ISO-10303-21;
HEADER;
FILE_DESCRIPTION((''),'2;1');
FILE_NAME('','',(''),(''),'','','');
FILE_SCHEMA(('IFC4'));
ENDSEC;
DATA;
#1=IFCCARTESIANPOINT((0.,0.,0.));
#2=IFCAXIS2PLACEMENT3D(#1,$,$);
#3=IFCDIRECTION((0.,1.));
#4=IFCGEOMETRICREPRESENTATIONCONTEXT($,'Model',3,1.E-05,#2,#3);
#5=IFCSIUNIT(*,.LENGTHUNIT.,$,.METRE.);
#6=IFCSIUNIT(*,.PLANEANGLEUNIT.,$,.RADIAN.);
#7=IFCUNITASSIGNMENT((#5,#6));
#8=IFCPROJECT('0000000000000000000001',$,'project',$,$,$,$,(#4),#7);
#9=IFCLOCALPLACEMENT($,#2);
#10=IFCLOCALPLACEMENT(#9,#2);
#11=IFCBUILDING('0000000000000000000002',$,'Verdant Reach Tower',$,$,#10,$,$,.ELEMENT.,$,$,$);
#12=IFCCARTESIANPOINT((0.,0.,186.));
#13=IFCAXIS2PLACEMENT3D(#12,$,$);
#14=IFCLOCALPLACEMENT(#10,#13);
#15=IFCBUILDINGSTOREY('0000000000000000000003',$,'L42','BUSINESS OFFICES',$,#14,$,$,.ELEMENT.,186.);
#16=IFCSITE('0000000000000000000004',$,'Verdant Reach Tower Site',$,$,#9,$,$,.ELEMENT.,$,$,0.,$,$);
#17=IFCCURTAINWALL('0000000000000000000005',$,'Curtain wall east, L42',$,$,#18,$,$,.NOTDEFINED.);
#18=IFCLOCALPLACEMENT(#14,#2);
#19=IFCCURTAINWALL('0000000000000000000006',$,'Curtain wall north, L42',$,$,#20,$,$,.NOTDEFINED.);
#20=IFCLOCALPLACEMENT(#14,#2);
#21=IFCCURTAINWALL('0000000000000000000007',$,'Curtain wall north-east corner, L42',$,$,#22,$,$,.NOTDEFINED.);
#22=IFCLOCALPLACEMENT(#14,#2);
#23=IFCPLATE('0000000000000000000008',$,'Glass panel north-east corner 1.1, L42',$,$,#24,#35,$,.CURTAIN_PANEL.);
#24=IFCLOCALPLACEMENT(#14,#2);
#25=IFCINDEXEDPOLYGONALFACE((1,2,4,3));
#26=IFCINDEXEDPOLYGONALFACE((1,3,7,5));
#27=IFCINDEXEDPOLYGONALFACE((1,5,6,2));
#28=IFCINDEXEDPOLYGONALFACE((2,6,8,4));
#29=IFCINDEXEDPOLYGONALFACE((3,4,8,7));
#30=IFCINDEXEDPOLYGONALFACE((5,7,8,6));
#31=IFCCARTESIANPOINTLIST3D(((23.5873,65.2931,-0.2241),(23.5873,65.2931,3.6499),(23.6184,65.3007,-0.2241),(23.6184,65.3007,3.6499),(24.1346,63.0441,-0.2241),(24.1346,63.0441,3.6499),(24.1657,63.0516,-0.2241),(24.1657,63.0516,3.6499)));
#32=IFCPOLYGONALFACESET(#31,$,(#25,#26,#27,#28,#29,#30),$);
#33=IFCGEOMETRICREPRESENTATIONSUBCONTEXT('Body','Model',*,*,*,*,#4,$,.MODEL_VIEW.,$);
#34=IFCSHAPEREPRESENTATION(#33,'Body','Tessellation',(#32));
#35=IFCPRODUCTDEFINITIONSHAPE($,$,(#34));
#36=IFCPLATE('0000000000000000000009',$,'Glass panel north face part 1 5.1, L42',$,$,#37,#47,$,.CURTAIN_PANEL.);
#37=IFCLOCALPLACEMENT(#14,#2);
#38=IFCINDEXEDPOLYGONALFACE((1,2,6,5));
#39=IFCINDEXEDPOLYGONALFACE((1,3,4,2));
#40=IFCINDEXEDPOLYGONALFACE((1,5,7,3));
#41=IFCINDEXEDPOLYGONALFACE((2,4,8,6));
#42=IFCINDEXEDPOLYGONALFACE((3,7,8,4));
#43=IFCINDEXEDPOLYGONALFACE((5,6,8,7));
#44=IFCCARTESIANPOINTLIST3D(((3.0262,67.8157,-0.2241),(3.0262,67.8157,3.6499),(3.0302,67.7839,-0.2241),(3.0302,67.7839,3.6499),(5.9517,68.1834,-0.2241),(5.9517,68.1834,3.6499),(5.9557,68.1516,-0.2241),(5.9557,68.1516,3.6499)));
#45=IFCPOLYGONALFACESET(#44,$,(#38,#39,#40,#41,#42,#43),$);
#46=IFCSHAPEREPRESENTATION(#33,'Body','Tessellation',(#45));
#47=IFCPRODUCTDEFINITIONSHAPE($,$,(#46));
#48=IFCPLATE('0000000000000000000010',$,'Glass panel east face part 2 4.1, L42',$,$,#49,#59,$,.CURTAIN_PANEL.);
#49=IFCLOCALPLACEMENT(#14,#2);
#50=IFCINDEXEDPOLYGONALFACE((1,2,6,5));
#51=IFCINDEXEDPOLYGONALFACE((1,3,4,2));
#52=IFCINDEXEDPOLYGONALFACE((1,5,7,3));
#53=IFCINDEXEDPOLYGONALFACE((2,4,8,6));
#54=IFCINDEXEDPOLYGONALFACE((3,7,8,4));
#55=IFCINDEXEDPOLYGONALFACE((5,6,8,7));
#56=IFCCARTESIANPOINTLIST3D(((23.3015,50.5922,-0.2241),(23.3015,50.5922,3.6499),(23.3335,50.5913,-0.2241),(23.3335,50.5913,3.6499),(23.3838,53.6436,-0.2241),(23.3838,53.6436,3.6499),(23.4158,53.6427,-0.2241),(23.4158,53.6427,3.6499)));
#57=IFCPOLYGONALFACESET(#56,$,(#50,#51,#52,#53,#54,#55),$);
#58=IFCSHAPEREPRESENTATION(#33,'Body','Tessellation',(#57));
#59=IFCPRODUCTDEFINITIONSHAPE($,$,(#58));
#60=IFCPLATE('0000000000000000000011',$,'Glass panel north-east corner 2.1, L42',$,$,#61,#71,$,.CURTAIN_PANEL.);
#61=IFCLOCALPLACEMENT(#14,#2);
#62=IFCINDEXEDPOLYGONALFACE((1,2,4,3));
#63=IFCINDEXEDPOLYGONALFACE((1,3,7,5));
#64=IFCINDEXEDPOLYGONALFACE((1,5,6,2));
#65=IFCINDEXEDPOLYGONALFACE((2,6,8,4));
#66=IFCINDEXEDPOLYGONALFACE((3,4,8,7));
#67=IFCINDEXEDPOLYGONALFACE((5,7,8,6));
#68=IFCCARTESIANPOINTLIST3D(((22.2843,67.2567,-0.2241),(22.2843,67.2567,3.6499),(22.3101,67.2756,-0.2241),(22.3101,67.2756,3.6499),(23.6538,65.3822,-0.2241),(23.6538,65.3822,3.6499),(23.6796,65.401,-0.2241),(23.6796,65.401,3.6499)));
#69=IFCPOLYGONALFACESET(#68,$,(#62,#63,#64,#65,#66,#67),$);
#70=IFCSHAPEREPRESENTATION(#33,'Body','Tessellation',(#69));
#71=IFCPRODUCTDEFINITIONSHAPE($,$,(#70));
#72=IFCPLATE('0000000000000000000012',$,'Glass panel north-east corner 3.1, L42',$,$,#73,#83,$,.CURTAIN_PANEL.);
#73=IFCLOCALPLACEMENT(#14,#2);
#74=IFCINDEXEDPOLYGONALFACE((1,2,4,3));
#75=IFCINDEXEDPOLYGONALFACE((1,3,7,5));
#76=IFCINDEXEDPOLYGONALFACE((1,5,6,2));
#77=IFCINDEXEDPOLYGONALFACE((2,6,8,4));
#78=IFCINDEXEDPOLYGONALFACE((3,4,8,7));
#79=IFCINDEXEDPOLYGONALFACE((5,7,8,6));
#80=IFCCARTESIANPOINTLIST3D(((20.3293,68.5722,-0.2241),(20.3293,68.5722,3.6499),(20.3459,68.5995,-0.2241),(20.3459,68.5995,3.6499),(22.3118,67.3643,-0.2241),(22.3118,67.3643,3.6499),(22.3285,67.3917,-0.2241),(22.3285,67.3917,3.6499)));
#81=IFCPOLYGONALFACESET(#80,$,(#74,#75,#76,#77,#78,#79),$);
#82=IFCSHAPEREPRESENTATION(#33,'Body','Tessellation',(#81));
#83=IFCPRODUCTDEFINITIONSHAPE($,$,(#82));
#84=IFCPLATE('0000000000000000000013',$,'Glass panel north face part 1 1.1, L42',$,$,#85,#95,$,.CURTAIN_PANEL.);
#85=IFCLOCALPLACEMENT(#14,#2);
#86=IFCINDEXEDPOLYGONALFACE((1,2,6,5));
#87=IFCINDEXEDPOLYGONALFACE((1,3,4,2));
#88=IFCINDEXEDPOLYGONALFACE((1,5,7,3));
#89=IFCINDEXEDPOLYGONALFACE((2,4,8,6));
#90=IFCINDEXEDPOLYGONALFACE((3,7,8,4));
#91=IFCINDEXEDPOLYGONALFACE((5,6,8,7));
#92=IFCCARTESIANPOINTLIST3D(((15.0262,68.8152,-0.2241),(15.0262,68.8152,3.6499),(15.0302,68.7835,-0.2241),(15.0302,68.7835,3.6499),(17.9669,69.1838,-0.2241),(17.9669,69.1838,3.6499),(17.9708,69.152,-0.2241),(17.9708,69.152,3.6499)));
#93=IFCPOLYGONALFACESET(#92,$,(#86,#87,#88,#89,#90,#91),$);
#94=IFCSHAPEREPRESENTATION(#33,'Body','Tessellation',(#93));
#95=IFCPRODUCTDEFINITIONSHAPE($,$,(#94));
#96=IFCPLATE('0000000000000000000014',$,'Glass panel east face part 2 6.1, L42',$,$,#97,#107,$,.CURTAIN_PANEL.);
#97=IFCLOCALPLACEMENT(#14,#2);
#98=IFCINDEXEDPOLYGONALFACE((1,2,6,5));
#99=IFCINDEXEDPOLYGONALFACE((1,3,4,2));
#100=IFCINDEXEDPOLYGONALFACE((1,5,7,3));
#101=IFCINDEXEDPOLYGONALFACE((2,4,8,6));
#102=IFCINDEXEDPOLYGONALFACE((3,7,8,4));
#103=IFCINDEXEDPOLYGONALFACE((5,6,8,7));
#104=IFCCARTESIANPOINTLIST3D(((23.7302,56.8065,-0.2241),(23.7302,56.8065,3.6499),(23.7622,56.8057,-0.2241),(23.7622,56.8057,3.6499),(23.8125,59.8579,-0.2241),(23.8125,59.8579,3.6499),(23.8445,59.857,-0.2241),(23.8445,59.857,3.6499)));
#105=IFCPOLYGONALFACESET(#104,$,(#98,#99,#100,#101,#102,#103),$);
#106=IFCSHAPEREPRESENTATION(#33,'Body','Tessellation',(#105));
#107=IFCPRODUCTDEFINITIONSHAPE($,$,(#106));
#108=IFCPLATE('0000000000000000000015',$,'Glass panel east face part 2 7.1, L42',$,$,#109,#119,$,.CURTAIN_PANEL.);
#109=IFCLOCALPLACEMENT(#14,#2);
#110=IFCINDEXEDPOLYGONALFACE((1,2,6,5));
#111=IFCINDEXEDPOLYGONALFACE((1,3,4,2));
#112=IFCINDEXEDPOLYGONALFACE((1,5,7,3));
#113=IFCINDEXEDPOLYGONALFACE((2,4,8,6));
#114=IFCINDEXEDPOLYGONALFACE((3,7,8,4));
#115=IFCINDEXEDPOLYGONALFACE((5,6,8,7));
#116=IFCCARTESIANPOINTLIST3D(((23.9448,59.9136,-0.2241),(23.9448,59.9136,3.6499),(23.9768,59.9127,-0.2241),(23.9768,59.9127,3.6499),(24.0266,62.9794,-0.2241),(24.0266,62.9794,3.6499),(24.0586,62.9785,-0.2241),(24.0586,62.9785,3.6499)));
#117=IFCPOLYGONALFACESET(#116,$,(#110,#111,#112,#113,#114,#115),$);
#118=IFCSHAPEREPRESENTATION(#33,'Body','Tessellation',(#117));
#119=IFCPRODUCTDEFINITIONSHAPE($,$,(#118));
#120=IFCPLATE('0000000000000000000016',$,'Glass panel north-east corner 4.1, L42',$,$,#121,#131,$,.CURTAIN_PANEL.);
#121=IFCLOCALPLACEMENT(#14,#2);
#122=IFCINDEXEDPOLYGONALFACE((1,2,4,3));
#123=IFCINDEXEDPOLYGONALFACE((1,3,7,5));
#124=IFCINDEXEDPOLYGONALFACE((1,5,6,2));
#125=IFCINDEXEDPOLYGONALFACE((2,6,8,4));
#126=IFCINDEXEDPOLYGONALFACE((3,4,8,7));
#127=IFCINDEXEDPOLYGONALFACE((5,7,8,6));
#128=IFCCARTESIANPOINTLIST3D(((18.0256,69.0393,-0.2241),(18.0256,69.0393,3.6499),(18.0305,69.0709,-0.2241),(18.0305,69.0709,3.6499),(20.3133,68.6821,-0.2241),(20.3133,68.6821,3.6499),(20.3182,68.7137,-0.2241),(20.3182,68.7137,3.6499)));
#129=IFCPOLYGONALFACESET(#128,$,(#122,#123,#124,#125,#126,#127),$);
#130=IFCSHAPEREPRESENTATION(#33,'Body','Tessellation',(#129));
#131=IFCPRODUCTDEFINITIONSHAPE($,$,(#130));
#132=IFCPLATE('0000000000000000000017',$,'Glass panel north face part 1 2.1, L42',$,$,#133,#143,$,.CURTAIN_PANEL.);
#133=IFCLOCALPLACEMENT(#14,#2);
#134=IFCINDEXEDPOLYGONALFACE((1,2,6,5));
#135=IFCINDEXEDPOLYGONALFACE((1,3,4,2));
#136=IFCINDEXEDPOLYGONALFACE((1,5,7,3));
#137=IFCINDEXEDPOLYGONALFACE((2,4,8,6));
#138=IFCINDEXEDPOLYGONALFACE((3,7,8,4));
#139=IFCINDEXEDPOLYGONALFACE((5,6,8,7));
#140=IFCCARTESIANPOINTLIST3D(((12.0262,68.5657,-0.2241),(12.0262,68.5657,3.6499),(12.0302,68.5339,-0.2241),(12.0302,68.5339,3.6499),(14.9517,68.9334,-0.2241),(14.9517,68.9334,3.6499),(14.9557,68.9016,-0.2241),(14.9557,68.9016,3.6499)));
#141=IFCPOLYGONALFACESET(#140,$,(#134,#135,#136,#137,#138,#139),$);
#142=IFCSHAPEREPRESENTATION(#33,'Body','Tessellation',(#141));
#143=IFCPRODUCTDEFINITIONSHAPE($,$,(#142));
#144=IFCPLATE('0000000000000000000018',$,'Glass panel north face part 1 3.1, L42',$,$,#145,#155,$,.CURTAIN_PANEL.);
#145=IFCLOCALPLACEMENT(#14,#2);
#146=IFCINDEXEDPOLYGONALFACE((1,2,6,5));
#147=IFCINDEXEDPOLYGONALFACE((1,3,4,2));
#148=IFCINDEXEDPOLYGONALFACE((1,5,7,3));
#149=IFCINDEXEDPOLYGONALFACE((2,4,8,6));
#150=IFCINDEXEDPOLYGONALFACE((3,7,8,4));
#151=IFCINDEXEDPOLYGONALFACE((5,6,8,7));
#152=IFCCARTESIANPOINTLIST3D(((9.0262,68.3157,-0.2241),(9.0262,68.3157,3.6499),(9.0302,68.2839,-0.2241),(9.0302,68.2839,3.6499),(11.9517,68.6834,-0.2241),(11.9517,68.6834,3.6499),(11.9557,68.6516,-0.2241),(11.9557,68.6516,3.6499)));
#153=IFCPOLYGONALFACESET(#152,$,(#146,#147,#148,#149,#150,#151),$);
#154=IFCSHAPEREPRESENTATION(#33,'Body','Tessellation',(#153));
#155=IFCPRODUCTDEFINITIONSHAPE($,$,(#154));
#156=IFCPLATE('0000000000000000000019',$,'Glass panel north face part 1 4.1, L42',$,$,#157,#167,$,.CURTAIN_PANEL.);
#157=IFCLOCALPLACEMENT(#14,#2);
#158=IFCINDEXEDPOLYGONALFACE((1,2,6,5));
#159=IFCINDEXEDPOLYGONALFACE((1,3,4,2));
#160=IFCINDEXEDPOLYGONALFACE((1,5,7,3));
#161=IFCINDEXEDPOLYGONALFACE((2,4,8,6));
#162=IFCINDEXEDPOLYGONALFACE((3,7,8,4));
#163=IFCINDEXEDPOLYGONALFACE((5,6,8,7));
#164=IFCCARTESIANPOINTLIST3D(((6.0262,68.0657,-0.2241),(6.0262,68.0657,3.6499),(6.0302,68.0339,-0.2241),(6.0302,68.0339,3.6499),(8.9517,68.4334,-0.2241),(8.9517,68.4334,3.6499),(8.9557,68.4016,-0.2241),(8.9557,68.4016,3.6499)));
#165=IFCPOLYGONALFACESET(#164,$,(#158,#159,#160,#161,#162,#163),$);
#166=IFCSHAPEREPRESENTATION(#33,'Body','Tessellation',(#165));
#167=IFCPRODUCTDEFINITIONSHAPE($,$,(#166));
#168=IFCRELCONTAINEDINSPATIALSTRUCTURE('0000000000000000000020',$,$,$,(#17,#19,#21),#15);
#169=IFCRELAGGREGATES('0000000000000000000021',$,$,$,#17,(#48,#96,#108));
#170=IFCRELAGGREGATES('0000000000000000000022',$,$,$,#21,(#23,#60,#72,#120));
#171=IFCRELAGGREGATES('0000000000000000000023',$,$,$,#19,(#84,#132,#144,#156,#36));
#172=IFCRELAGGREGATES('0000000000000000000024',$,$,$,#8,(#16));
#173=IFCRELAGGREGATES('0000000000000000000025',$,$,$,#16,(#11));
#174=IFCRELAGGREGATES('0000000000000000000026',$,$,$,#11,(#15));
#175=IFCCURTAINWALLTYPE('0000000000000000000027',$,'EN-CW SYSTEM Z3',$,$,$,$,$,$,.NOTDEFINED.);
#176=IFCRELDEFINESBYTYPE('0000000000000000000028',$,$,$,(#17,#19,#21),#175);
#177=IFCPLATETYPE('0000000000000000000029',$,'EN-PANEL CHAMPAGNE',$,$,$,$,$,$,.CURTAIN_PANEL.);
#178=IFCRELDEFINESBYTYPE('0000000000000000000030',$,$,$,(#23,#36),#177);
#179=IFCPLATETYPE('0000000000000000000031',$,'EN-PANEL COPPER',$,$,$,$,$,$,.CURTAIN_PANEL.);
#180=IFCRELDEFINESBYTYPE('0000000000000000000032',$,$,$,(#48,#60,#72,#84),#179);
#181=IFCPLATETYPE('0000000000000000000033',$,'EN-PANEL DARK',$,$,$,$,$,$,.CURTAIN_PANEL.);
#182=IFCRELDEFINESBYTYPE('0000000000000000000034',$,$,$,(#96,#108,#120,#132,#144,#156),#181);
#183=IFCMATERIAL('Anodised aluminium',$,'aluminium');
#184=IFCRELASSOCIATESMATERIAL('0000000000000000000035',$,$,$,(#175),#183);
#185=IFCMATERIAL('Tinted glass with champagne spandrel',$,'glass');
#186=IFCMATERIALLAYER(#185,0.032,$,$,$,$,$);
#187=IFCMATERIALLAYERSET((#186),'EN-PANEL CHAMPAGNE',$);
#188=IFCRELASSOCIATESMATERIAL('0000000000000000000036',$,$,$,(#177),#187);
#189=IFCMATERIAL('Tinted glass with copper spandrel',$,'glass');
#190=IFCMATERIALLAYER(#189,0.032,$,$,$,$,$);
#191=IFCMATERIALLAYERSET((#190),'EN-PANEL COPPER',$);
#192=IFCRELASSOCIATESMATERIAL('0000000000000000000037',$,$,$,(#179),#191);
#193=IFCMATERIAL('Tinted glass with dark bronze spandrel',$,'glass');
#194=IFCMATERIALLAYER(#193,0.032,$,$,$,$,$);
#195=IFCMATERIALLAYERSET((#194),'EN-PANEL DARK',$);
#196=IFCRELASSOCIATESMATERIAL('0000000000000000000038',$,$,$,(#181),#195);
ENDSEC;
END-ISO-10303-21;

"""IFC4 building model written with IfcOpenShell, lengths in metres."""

from ifc_helpers import new_model, si_unit, direction, frame, origin, origin_2d, place, context, subcontext, project, spatial, rectangle, extrude, material, layer, layer_set, type_object, element, aggregate, save


model = new_model("IFC4")

# Units and contexts
model_context = context("Model", 3, precision=1e-05, world=origin(), true_north=direction((0.0, 1.0)))
body_context = subcontext(model_context, "Body", "Model", "MODEL_VIEW")
ifc_project = project(units=[si_unit("LENGTHUNIT", "METRE"), si_unit("PLANEANGLEUNIT", "RADIAN")], contexts=[model_context])

# Site, building, storey
site_placement = place(None, origin())
site = spatial("IfcSite", under=ifc_project, at=site_placement, Name="Verdant Reach Tower Site", CompositionType="ELEMENT", RefElevation=0.0)
building_placement = place(site_placement, origin())
building = spatial("IfcBuilding", under=site, at=building_placement, Name="Verdant Reach Tower", CompositionType="ELEMENT")
storey_placement = place(building_placement, frame((0.0, 0.0, 186.0)))
storey = spatial("IfcBuildingStorey", under=building, at=storey_placement, Name="L42", Description="BUSINESS OFFICES", CompositionType="ELEMENT", Elevation=186.0)

# Curtain walls
ifc_material_1 = material(Name="Anodised aluminium", Category="aluminium")
curtain_wall_type = type_object("IfcCurtainWallType", Name="EN-CW SYSTEM Z3", PredefinedType="NOTDEFINED", material=ifc_material_1)
curtain_wall_1_placement = place(storey_placement, origin())
curtain_wall_1 = element("IfcCurtainWall", 1, at=curtain_wall_1_placement, inside=storey, type_object=curtain_wall_type, Name="Curtain wall east, L42", PredefinedType="NOTDEFINED")
curtain_wall_2_placement = place(storey_placement, origin())
curtain_wall_2 = element("IfcCurtainWall", 2, at=curtain_wall_2_placement, inside=storey, type_object=curtain_wall_type, Name="Curtain wall north, L42", PredefinedType="NOTDEFINED")

# Curtain wall, plate
curtain_wall_3_placement = place(storey_placement, origin())
curtain_wall_3 = element("IfcCurtainWall", 3, at=curtain_wall_3_placement, inside=storey, type_object=curtain_wall_type, Name="Curtain wall north-east corner, L42", PredefinedType="NOTDEFINED")
ifc_material_2 = material(Name="Tinted glass with champagne spandrel", Category="glass")
ifc_layer_1 = layer(ifc_material_2, 0.032)
ifc_layer_set_1 = layer_set([ifc_layer_1], Name="EN-PANEL CHAMPAGNE")
plate_type_1 = type_object("IfcPlateType", Name="EN-PANEL CHAMPAGNE", PredefinedType="CURTAIN_PANEL", material=ifc_layer_set_1)
plate_1_placement = place(storey_placement, frame((23.8765, 64.1724, -0.2241), z_axis=(0.0, 0.0, 1.0), x_axis=(-0.236446, 0.971645, 0.0)))
plate_1 = element("IfcPlate", 4, at=plate_1_placement, type_object=plate_type_1, Name="Glass panel north-east corner 1.1, L42", PredefinedType="CURTAIN_PANEL", context=body_context, shape_type="SweptSolid", body=[
    extrude(rectangle(XDim=2.3147, YDim=0.032, at=origin_2d()), origin(), (0.0, 0.0, 1.0), 3.874),
])

# Plates
plate_2_placement = place(storey_placement, frame((4.491, 67.9836, -0.2241), z_axis=(0.0, 0.0, 1.0), x_axis=(-0.992194, -0.124704, 0.0)))
plate_2 = element("IfcPlate", 5, at=plate_2_placement, type_object=plate_type_1, Name="Glass panel north face part 1 5.1, L42", PredefinedType="CURTAIN_PANEL", context=body_context, shape_type="SweptSolid", body=[
    extrude(rectangle(XDim=2.9485, YDim=0.032, at=origin_2d()), origin(), (0.0, 0.0, 1.0), 3.874),
])
ifc_material_3 = material(Name="Tinted glass with copper spandrel", Category="glass")
ifc_layer_2 = layer(ifc_material_3, 0.032)
ifc_layer_set_2 = layer_set([ifc_layer_2], Name="EN-PANEL COPPER")
plate_type_2 = type_object("IfcPlateType", Name="EN-PANEL COPPER", PredefinedType="CURTAIN_PANEL", material=ifc_layer_set_2)
plate_3_placement = place(storey_placement, frame((23.3586, 52.1174, -0.2241), z_axis=(0.0, 0.0, 1.0), x_axis=(0.026965, 0.999636, 0.0)))
plate_3 = element("IfcPlate", 6, at=plate_3_placement, type_object=plate_type_2, Name="Glass panel east face part 2 4.1, L42", PredefinedType="CURTAIN_PANEL", context=body_context, shape_type="SweptSolid", body=[
    extrude(rectangle(XDim=3.0525, YDim=0.032, at=origin_2d()), origin(), (0.0, 0.0, 1.0), 3.874),
])
plate_4_placement = place(storey_placement, frame((22.9819, 66.3289, -0.2241), z_axis=(0.0, 0.0, 1.0), x_axis=(-0.589927, 0.807457, 0.0)))
plate_4 = element("IfcPlate", 7, at=plate_4_placement, type_object=plate_type_2, Name="Glass panel north-east corner 2.1, L42", PredefinedType="CURTAIN_PANEL", context=body_context, shape_type="SweptSolid", body=[
    extrude(rectangle(XDim=2.3215, YDim=0.032, at=origin_2d()), origin(), (0.0, 0.0, 1.0), 3.874),
])
plate_5_placement = place(storey_placement, frame((21.3289, 67.9819, -0.2241), z_axis=(0.0, 0.0, 1.0), x_axis=(-0.853989, 0.520292, 0.0)))
plate_5 = element("IfcPlate", 8, at=plate_5_placement, type_object=plate_type_2, Name="Glass panel north-east corner 3.1, L42", PredefinedType="CURTAIN_PANEL", context=body_context, shape_type="SweptSolid", body=[
    extrude(rectangle(XDim=2.3215, YDim=0.032, at=origin_2d()), origin(), (0.0, 0.0, 1.0), 3.874),
])
plate_6_placement = place(storey_placement, frame((16.4985, 68.9836, -0.2241), z_axis=(0.0, 0.0, 1.0), x_axis=(-0.992238, -0.124355, 0.0)))
plate_6 = element("IfcPlate", 9, at=plate_6_placement, type_object=plate_type_2, Name="Glass panel north face part 1 1.1, L42", PredefinedType="CURTAIN_PANEL", context=body_context, shape_type="SweptSolid", body=[
    extrude(rectangle(XDim=2.9636, YDim=0.032, at=origin_2d()), origin(), (0.0, 0.0, 1.0), 3.874),
])
ifc_material_4 = material(Name="Tinted glass with dark bronze spandrel", Category="glass")
ifc_layer_3 = layer(ifc_material_4, 0.032)
ifc_layer_set_3 = layer_set([ifc_layer_3], Name="EN-PANEL DARK")
plate_type_3 = type_object("IfcPlateType", Name="EN-PANEL DARK", PredefinedType="CURTAIN_PANEL", material=ifc_layer_set_3)
plate_7_placement = place(storey_placement, frame((23.7874, 58.3318, -0.2241), z_axis=(0.0, 0.0, 1.0), x_axis=(0.026965, 0.999636, 0.0)))
plate_7 = element("IfcPlate", 10, at=plate_7_placement, type_object=plate_type_3, Name="Glass panel east face part 2 6.1, L42", PredefinedType="CURTAIN_PANEL", context=body_context, shape_type="SweptSolid", body=[
    extrude(rectangle(XDim=3.0525, YDim=0.032, at=origin_2d()), origin(), (0.0, 0.0, 1.0), 3.874),
])
plate_8_placement = place(storey_placement, frame((24.0017, 61.446, -0.2241), z_axis=(0.0, 0.0, 1.0), x_axis=(0.02666, 0.999645, 0.0)))
plate_8 = element("IfcPlate", 11, at=plate_8_placement, type_object=plate_type_3, Name="Glass panel east face part 2 7.1, L42", PredefinedType="CURTAIN_PANEL", context=body_context, shape_type="SweptSolid", body=[
    extrude(rectangle(XDim=3.0669, YDim=0.032, at=origin_2d()), origin(), (0.0, 0.0, 1.0), 3.874),
])
aggregate(curtain_wall_1, [plate_3, plate_7, plate_8])
plate_9_placement = place(storey_placement, frame((19.1719, 68.8765, -0.2241), z_axis=(0.0, 0.0, 1.0), x_axis=(-0.988029, 0.154268, 0.0)))
plate_9 = element("IfcPlate", 12, at=plate_9_placement, type_object=plate_type_3, Name="Glass panel north-east corner 4.1, L42", PredefinedType="CURTAIN_PANEL", context=body_context, shape_type="SweptSolid", body=[
    extrude(rectangle(XDim=2.3154, YDim=0.032, at=origin_2d()), origin(), (0.0, 0.0, 1.0), 3.874),
])
aggregate(curtain_wall_3, [plate_1, plate_4, plate_5, plate_9])
plate_10_placement = place(storey_placement, frame((13.491, 68.7336, -0.2241), z_axis=(0.0, 0.0, 1.0), x_axis=(-0.992194, -0.124704, 0.0)))
plate_10 = element("IfcPlate", 13, at=plate_10_placement, type_object=plate_type_3, Name="Glass panel north face part 1 2.1, L42", PredefinedType="CURTAIN_PANEL", context=body_context, shape_type="SweptSolid", body=[
    extrude(rectangle(XDim=2.9485, YDim=0.032, at=origin_2d()), origin(), (0.0, 0.0, 1.0), 3.874),
])
plate_11_placement = place(storey_placement, frame((10.491, 68.4836, -0.2241), z_axis=(0.0, 0.0, 1.0), x_axis=(-0.992194, -0.124704, 0.0)))
plate_11 = element("IfcPlate", 14, at=plate_11_placement, type_object=plate_type_3, Name="Glass panel north face part 1 3.1, L42", PredefinedType="CURTAIN_PANEL", context=body_context, shape_type="SweptSolid", body=[
    extrude(rectangle(XDim=2.9485, YDim=0.032, at=origin_2d()), origin(), (0.0, 0.0, 1.0), 3.874),
])
plate_12_placement = place(storey_placement, frame((7.491, 68.2336, -0.2241), z_axis=(0.0, 0.0, 1.0), x_axis=(-0.992194, -0.124704, 0.0)))
plate_12 = element("IfcPlate", 15, at=plate_12_placement, type_object=plate_type_3, Name="Glass panel north face part 1 4.1, L42", PredefinedType="CURTAIN_PANEL", context=body_context, shape_type="SweptSolid", body=[
    extrude(rectangle(XDim=2.9485, YDim=0.032, at=origin_2d()), origin(), (0.0, 0.0, 1.0), 3.874),
])
aggregate(curtain_wall_2, [plate_6, plate_10, plate_11, plate_12, plate_2])

save(model, "model.ifc")
